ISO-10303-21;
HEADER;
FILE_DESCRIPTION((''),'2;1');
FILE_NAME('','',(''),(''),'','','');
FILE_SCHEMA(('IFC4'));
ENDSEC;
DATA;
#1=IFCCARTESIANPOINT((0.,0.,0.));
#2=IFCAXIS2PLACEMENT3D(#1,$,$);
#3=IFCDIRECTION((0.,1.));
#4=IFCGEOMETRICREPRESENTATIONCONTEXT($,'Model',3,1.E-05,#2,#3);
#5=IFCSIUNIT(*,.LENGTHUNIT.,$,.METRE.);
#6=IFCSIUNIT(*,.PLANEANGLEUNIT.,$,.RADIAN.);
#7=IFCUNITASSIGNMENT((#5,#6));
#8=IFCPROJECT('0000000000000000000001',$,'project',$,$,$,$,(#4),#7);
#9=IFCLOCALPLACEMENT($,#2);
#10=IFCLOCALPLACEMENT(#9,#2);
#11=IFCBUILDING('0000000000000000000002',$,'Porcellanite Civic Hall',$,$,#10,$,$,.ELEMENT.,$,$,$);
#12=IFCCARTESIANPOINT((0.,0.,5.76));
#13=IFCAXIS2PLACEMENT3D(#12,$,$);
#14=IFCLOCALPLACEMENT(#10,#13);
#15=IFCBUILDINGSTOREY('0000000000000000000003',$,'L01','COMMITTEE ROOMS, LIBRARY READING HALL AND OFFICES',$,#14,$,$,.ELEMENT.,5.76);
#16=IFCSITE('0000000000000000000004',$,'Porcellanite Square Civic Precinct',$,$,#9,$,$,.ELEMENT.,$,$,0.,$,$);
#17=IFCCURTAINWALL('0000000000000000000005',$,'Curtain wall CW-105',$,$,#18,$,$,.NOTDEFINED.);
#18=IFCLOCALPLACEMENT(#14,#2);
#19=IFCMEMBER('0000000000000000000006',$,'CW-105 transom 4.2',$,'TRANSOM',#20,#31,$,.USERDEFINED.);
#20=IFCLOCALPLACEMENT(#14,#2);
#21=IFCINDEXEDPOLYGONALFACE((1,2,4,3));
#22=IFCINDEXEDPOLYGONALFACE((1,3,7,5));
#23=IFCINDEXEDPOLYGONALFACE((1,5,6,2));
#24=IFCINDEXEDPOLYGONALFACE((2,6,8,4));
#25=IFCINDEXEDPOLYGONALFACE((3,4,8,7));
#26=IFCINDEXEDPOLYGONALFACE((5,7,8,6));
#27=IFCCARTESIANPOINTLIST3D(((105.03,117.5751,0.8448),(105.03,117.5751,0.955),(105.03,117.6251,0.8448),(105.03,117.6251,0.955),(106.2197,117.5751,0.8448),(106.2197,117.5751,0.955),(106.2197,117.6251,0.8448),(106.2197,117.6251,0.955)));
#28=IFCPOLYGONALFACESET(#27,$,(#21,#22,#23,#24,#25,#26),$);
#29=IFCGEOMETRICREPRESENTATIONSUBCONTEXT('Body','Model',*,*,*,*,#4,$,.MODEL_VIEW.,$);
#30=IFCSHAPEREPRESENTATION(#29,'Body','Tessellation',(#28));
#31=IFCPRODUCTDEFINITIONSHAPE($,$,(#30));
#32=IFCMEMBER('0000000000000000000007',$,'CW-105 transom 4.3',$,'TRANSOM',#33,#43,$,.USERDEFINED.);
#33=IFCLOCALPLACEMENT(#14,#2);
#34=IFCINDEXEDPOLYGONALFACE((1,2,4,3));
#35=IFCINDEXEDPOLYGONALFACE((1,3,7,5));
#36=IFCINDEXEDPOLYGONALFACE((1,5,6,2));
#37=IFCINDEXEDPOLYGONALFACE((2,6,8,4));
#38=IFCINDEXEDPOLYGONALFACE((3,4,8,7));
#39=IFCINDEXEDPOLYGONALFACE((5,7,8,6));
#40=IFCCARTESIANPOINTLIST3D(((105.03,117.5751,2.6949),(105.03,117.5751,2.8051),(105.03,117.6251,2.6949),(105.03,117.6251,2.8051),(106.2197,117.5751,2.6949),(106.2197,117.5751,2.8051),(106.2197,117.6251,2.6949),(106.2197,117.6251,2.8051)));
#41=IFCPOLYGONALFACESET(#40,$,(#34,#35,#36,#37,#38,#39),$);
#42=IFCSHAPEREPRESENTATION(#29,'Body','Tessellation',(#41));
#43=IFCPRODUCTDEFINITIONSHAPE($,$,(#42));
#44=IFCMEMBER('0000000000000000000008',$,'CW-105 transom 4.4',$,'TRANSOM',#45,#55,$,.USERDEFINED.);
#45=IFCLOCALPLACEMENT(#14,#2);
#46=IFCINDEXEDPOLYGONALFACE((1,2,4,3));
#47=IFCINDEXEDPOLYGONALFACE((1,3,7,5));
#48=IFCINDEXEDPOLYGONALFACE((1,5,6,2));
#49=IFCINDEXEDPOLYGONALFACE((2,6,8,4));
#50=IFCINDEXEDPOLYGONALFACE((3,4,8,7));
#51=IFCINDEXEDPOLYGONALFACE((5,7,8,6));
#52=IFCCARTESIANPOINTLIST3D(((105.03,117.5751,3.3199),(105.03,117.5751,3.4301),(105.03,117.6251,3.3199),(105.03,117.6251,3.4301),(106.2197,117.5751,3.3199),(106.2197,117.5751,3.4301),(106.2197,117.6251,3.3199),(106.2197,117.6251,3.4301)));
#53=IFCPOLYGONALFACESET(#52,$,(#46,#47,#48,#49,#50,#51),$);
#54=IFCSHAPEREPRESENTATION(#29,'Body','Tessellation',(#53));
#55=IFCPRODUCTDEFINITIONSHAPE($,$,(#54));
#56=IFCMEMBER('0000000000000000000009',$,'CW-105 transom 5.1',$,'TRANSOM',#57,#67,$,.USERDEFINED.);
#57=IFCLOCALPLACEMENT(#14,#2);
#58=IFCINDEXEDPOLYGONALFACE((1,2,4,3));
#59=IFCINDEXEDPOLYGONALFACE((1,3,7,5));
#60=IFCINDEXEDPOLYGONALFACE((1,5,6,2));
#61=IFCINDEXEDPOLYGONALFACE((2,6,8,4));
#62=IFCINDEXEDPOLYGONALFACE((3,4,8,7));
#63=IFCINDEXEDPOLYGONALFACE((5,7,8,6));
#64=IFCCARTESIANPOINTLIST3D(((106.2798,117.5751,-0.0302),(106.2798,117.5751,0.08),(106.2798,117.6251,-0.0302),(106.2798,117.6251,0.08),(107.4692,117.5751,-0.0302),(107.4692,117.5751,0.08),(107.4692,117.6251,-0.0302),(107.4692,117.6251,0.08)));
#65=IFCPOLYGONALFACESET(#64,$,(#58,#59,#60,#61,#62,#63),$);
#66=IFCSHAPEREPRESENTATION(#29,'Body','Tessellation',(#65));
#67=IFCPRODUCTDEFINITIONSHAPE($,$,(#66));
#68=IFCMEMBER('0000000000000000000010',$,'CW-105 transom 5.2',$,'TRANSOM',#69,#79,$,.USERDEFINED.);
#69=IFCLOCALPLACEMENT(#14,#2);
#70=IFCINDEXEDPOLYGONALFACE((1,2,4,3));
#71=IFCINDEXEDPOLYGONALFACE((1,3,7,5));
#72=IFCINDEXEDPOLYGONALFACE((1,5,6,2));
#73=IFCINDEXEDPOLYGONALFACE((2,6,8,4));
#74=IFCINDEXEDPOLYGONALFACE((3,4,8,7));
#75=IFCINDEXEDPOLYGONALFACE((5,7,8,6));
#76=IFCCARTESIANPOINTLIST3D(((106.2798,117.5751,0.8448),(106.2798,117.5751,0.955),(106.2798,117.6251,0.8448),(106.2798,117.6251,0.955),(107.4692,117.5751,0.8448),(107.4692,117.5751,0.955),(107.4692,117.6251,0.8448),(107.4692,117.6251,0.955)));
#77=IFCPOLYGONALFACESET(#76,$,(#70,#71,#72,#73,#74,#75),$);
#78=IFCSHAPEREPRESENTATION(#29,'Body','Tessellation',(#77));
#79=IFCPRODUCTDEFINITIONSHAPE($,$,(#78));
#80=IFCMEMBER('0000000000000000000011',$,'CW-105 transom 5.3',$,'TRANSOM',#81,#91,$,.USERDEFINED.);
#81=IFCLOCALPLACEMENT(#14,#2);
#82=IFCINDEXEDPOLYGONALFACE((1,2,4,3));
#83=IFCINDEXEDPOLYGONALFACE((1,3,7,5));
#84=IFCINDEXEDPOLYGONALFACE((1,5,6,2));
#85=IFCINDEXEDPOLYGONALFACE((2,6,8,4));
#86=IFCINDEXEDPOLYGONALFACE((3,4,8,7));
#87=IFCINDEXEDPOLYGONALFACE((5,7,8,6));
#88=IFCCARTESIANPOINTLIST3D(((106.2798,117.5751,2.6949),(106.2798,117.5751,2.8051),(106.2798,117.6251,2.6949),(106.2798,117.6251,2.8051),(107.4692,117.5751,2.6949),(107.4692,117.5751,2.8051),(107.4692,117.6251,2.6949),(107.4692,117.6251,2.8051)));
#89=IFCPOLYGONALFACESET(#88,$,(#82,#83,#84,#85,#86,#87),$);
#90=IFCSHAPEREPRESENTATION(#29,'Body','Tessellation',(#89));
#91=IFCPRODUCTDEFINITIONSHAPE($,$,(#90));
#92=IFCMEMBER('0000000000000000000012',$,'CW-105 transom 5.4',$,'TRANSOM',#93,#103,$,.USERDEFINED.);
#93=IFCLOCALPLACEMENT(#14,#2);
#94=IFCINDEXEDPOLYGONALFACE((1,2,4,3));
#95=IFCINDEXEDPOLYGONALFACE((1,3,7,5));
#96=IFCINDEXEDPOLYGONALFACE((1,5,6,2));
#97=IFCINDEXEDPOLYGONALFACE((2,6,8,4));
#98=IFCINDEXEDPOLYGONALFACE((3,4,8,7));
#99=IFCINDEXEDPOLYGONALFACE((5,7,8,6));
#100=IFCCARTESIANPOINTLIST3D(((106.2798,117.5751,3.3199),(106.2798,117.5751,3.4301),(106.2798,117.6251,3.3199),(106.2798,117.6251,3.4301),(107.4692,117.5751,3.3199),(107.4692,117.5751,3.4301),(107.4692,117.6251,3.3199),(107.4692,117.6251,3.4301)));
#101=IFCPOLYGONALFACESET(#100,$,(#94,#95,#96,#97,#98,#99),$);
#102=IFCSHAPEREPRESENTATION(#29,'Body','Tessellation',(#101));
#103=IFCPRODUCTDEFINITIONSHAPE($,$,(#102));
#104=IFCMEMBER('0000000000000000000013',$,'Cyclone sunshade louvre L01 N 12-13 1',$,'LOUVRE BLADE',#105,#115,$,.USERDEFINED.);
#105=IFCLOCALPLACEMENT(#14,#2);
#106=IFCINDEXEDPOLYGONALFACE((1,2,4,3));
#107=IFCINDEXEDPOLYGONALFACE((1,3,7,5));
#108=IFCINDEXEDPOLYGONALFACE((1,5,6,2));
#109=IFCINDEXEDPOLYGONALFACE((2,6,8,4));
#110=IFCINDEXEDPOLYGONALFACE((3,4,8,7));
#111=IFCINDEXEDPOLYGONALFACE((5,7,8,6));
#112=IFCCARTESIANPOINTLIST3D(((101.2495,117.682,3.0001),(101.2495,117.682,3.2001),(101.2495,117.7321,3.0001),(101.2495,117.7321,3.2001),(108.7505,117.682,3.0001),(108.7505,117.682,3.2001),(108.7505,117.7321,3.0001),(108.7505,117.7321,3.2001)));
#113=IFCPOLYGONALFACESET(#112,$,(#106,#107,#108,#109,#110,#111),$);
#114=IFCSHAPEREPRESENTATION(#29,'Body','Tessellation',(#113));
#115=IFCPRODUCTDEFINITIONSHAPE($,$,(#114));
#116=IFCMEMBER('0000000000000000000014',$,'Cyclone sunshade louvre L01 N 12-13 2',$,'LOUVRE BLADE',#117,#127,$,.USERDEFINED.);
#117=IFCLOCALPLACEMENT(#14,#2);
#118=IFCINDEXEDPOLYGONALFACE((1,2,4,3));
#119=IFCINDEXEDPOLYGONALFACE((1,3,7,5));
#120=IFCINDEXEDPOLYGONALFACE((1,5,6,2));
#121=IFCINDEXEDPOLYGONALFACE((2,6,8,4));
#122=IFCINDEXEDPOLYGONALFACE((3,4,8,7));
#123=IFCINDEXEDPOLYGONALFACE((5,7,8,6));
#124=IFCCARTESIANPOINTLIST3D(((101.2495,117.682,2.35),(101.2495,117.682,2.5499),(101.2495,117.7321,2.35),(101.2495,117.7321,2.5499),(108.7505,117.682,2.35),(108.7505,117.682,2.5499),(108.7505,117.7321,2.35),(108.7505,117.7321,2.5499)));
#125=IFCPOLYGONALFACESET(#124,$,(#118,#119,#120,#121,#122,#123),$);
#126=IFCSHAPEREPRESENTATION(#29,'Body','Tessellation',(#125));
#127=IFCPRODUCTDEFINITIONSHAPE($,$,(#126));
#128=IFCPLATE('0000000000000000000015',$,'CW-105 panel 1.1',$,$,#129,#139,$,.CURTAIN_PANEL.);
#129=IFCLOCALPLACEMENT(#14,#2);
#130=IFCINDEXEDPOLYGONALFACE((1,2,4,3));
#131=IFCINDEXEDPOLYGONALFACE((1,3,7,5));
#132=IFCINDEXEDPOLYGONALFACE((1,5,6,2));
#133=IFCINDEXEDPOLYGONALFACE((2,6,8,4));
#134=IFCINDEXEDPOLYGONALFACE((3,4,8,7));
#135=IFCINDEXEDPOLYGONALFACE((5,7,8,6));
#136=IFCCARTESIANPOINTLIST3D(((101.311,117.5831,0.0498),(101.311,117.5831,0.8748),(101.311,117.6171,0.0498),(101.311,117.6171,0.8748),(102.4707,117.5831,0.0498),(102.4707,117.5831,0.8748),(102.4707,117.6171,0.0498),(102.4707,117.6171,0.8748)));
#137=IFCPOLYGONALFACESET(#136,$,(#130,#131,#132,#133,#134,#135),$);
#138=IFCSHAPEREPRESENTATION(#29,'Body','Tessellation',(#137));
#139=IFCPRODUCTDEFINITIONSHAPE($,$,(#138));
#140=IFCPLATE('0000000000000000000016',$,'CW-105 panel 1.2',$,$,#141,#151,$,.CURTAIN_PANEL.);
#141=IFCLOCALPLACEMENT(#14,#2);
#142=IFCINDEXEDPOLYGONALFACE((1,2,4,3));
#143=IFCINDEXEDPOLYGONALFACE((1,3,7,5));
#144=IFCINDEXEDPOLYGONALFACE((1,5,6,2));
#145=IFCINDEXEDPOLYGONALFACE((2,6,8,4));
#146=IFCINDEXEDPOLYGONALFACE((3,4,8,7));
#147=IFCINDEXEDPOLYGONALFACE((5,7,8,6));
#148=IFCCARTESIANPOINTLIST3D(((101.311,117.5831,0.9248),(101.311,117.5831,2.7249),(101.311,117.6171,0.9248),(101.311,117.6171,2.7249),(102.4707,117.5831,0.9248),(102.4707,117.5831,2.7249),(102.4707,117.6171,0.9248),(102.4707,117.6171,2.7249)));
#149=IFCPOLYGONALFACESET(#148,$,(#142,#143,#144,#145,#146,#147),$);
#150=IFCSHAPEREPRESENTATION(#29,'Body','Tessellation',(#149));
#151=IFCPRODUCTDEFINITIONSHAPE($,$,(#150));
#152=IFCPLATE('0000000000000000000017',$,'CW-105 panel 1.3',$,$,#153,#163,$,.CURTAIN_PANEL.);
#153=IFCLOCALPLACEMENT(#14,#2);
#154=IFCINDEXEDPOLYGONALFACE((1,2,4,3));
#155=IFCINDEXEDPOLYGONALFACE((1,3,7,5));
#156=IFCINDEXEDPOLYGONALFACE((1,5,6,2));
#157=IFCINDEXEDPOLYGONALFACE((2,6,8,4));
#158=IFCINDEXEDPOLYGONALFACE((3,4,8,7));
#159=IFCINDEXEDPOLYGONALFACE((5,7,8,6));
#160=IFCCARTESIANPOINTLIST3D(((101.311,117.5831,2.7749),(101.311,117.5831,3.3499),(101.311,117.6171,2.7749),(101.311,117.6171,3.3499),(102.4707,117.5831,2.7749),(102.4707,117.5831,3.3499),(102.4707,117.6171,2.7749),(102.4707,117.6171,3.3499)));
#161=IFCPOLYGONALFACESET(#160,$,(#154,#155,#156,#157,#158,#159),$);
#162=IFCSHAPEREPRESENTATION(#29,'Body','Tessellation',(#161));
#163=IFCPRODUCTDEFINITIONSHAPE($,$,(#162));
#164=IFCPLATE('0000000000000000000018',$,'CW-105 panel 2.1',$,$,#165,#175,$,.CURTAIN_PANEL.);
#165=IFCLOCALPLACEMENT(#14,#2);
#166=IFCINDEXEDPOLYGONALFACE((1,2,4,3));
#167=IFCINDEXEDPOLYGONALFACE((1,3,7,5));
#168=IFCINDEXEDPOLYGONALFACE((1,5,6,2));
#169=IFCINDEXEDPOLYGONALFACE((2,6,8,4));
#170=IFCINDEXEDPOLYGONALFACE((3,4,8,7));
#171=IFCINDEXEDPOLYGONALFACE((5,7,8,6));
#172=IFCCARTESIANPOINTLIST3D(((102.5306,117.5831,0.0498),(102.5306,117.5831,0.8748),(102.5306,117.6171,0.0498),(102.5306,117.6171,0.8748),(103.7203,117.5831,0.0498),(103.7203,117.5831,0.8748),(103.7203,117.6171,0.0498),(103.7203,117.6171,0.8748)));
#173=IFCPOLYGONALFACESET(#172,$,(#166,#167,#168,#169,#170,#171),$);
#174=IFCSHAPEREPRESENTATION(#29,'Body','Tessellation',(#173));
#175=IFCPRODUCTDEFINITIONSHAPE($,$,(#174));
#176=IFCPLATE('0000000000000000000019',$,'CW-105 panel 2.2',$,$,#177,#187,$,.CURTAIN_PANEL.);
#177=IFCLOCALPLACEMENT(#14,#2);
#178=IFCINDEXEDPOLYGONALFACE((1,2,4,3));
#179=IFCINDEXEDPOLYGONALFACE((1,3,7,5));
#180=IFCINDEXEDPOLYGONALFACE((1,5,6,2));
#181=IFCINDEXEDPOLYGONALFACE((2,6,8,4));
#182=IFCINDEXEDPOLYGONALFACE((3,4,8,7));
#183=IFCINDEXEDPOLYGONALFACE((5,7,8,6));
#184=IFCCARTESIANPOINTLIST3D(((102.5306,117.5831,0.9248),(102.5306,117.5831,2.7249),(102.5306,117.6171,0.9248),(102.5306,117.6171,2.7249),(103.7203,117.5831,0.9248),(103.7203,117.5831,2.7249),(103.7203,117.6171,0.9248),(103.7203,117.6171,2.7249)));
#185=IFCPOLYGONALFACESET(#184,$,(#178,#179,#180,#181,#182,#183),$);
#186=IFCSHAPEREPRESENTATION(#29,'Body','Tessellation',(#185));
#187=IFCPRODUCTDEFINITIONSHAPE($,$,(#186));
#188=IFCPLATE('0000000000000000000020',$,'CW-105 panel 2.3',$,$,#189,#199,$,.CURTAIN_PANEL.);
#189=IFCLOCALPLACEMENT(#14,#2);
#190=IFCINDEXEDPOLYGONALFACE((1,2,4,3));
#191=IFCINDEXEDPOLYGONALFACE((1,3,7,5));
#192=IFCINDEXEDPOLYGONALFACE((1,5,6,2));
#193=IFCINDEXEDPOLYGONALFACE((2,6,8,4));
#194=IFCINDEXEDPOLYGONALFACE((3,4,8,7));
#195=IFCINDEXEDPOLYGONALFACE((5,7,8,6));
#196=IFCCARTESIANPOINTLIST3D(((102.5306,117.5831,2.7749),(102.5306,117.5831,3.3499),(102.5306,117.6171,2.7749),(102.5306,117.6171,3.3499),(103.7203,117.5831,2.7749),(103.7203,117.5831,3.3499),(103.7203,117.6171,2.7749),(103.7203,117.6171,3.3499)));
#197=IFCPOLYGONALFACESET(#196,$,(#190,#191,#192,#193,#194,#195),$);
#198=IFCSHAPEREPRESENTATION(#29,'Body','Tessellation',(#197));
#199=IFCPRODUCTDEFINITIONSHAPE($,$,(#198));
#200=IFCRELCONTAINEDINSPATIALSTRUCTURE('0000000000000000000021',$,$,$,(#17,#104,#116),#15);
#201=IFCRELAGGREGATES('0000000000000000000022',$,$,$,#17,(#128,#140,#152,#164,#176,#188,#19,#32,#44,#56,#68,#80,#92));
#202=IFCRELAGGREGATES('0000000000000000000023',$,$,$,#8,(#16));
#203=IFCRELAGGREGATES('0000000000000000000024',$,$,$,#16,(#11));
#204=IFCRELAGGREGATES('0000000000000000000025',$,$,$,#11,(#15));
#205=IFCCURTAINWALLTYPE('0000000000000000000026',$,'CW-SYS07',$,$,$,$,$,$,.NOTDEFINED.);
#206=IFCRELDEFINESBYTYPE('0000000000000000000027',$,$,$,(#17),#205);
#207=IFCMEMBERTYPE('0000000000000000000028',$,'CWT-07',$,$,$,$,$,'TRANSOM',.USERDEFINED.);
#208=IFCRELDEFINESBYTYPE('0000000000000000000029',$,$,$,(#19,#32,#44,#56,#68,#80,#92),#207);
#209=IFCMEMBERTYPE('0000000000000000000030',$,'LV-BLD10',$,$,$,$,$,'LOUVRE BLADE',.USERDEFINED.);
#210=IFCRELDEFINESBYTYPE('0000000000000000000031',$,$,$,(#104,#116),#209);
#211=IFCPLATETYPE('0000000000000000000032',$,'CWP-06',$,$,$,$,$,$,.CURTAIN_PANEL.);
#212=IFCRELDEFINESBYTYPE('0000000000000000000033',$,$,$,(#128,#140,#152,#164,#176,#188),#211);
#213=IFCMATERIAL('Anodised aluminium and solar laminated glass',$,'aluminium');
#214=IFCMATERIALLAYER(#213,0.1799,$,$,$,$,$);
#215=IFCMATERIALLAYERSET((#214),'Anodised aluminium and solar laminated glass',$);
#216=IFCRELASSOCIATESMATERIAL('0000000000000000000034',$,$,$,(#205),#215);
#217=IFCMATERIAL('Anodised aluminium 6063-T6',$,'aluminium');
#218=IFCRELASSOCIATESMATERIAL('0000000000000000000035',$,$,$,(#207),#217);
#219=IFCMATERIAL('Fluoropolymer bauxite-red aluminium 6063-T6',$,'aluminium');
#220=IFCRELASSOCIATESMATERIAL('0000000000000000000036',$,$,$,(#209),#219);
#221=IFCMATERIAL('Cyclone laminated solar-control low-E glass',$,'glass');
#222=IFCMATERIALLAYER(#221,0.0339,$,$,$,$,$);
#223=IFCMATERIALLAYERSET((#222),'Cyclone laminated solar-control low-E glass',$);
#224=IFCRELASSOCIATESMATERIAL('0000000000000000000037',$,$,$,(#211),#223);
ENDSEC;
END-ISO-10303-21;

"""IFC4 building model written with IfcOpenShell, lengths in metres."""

from ifc_helpers import new_model, si_unit, direction, frame, origin, origin_2d, place, context, subcontext, project, spatial, rectangle, extrude, material, layer, layer_set, material_profile, profile_set, type_object, element, aggregate, save


model = new_model("IFC4")

# Units and contexts
model_context = context("Model", 3, precision=1e-05, world=origin(), true_north=direction((0.0, 1.0)))
body_context = subcontext(model_context, "Body", "Model", "MODEL_VIEW")
ifc_project = project(units=[si_unit("LENGTHUNIT", "METRE"), si_unit("PLANEANGLEUNIT", "RADIAN")], contexts=[model_context])

# Site, building, storey
site_placement = place(None, origin())
site = spatial("IfcSite", under=ifc_project, at=site_placement, Name="Porcellanite Square Civic Precinct", CompositionType="ELEMENT", RefElevation=0.0)
building_placement = place(site_placement, origin())
building = spatial("IfcBuilding", under=site, at=building_placement, Name="Porcellanite Civic Hall", CompositionType="ELEMENT")
storey_placement = place(building_placement, frame((0.0, 0.0, 5.76)))
storey = spatial("IfcBuildingStorey", under=building, at=storey_placement, Name="L01", Description="COMMITTEE ROOMS, LIBRARY READING HALL AND OFFICES", CompositionType="ELEMENT", Elevation=5.76)

# Curtain wall, members
ifc_material_1 = material(Name="Anodised aluminium and solar laminated glass", Category="aluminium")
ifc_layer_1 = layer(ifc_material_1, 0.1799)
ifc_layer_set_1 = layer_set([ifc_layer_1], Name="Anodised aluminium and solar laminated glass")
curtain_wall_type = type_object("IfcCurtainWallType", Name="CW-SYS07", PredefinedType="NOTDEFINED", material=ifc_layer_set_1)
curtain_wall_placement = place(storey_placement, origin())
curtain_wall = element("IfcCurtainWall", 1, at=curtain_wall_placement, inside=storey, type_object=curtain_wall_type, Name="Curtain wall CW-105", PredefinedType="NOTDEFINED")
ifc_material_2 = material(Name="Anodised aluminium 6063-T6", Category="aluminium")
ifc_material_profile_1 = material_profile(ifc_material_2, rectangle(XDim=0.05, YDim=0.1101, at=origin_2d()), Name="AL-50x110")
ifc_profile_set_1 = profile_set([ifc_material_profile_1], Name="Anodised aluminium 6063-T6")
member_type_1 = type_object("IfcMemberType", Name="CWT-07", ElementType="TRANSOM", PredefinedType="USERDEFINED", material=ifc_profile_set_1)
member_1_placement = place(storey_placement, frame((105.03, 117.6001, 0.8999), z_axis=(1.0, 0.0, 0.0), x_axis=(0.0, 1.0, 0.0)))
member_1 = element("IfcMember", 2, at=member_1_placement, type_object=member_type_1, Name="CW-105 transom 4.2", ObjectType="TRANSOM", PredefinedType="USERDEFINED", context=body_context, shape_type="SweptSolid", body=[
    extrude(rectangle(XDim=0.05, YDim=0.1101, at=origin_2d()), origin(), (0.0, 0.0, 1.0), 1.1897),
])
member_2_placement = place(storey_placement, frame((105.03, 117.6001, 2.75), z_axis=(1.0, 0.0, 0.0), x_axis=(0.0, 1.0, 0.0)))
member_2 = element("IfcMember", 3, at=member_2_placement, type_object=member_type_1, Name="CW-105 transom 4.3", ObjectType="TRANSOM", PredefinedType="USERDEFINED", context=body_context, shape_type="SweptSolid", body=[
    extrude(rectangle(XDim=0.05, YDim=0.1101, at=origin_2d()), origin(), (0.0, 0.0, 1.0), 1.1897),
])
member_3_placement = place(storey_placement, frame((105.03, 117.6001, 3.375), z_axis=(1.0, 0.0, 0.0), x_axis=(0.0, 1.0, 0.0)))
member_3 = element("IfcMember", 4, at=member_3_placement, type_object=member_type_1, Name="CW-105 transom 4.4", ObjectType="TRANSOM", PredefinedType="USERDEFINED", context=body_context, shape_type="SweptSolid", body=[
    extrude(rectangle(XDim=0.05, YDim=0.1101, at=origin_2d()), origin(), (0.0, 0.0, 1.0), 1.1897),
])
member_4_placement = place(storey_placement, frame((106.2798, 117.6001, 0.0249), z_axis=(1.0, 0.0, 0.0), x_axis=(0.0, 1.0, 0.0)))
member_4 = element("IfcMember", 5, at=member_4_placement, type_object=member_type_1, Name="CW-105 transom 5.1", ObjectType="TRANSOM", PredefinedType="USERDEFINED", context=body_context, shape_type="SweptSolid", body=[
    extrude(rectangle(XDim=0.05, YDim=0.1101, at=origin_2d()), origin(), (0.0, 0.0, 1.0), 1.1895),
])
member_5_placement = place(storey_placement, frame((106.2798, 117.6001, 0.8999), z_axis=(1.0, 0.0, 0.0), x_axis=(0.0, 1.0, 0.0)))
member_5 = element("IfcMember", 6, at=member_5_placement, type_object=member_type_1, Name="CW-105 transom 5.2", ObjectType="TRANSOM", PredefinedType="USERDEFINED", context=body_context, shape_type="SweptSolid", body=[
    extrude(rectangle(XDim=0.05, YDim=0.1101, at=origin_2d()), origin(), (0.0, 0.0, 1.0), 1.1895),
])
member_6_placement = place(storey_placement, frame((106.2798, 117.6001, 2.75), z_axis=(1.0, 0.0, 0.0), x_axis=(0.0, 1.0, 0.0)))
member_6 = element("IfcMember", 7, at=member_6_placement, type_object=member_type_1, Name="CW-105 transom 5.3", ObjectType="TRANSOM", PredefinedType="USERDEFINED", context=body_context, shape_type="SweptSolid", body=[
    extrude(rectangle(XDim=0.05, YDim=0.1101, at=origin_2d()), origin(), (0.0, 0.0, 1.0), 1.1895),
])
member_7_placement = place(storey_placement, frame((106.2798, 117.6001, 3.375), z_axis=(1.0, 0.0, 0.0), x_axis=(0.0, 1.0, 0.0)))
member_7 = element("IfcMember", 8, at=member_7_placement, type_object=member_type_1, Name="CW-105 transom 5.4", ObjectType="TRANSOM", PredefinedType="USERDEFINED", context=body_context, shape_type="SweptSolid", body=[
    extrude(rectangle(XDim=0.05, YDim=0.1101, at=origin_2d()), origin(), (0.0, 0.0, 1.0), 1.1895),
])

# Members
ifc_material_3 = material(Name="Fluoropolymer bauxite-red aluminium 6063-T6", Category="aluminium")
ifc_material_profile_2 = material_profile(ifc_material_3, rectangle(XDim=0.05, YDim=0.2, at=origin_2d()), Name="AL-50x200")
ifc_profile_set_2 = profile_set([ifc_material_profile_2], Name="Fluoropolymer bauxite-red aluminium 6063-T6")
member_type_2 = type_object("IfcMemberType", Name="LV-BLD10", ElementType="LOUVRE BLADE", PredefinedType="USERDEFINED", material=ifc_profile_set_2)
for number, where, z_axis, x_axis, name in (
    (9, (101.2495, 117.707, 3.1001), (1.0, 0.0, 0.0), (0.0, 1.0, 0.0), "Cyclone sunshade louvre L01 N 12-13 1"),
    (10, (101.2495, 117.707, 2.45), (1.0, 0.0, 0.0), (0.0, 1.0, 0.0), "Cyclone sunshade louvre L01 N 12-13 2"),
):
    element("IfcMember", number, at=place(storey_placement, frame(where, z_axis=z_axis, x_axis=x_axis)), inside=storey, type_object=member_type_2, Name=name, ObjectType="LOUVRE BLADE", PredefinedType="USERDEFINED", context=body_context, shape_type="SweptSolid", body=[
        extrude(rectangle(XDim=0.05, YDim=0.2, at=origin_2d()), origin(), (0.0, 0.0, 1.0), 7.501),
    ])

# Plates
ifc_material_4 = material(Name="Cyclone laminated solar-control low-E glass", Category="glass")
ifc_layer_2 = layer(ifc_material_4, 0.0339)
ifc_layer_set_2 = layer_set([ifc_layer_2], Name="Cyclone laminated solar-control low-E glass")
plate_type = type_object("IfcPlateType", Name="CWP-06", PredefinedType="CURTAIN_PANEL", material=ifc_layer_set_2)
plate_1_placement = place(storey_placement, frame((101.8909, 117.6001, 0.0498), z_axis=(0.0, 0.0, 1.0), x_axis=(1.0, 0.0, 0.0)))
plate_1 = element("IfcPlate", 11, at=plate_1_placement, type_object=plate_type, Name="CW-105 panel 1.1", PredefinedType="CURTAIN_PANEL", context=body_context, shape_type="SweptSolid", body=[
    extrude(rectangle(XDim=1.1597, YDim=0.0339, at=origin_2d()), origin(), (0.0, 0.0, 1.0), 0.825),
])
plate_2_placement = place(storey_placement, frame((101.8909, 117.6001, 0.9248), z_axis=(0.0, 0.0, 1.0), x_axis=(1.0, 0.0, 0.0)))
plate_2 = element("IfcPlate", 12, at=plate_2_placement, type_object=plate_type, Name="CW-105 panel 1.2", PredefinedType="CURTAIN_PANEL", context=body_context, shape_type="SweptSolid", body=[
    extrude(rectangle(XDim=1.1597, YDim=0.0339, at=origin_2d()), origin(), (0.0, 0.0, 1.0), 1.8),
])
plate_3_placement = place(storey_placement, frame((101.8909, 117.6001, 2.7749), z_axis=(0.0, 0.0, 1.0), x_axis=(1.0, 0.0, 0.0)))
plate_3 = element("IfcPlate", 13, at=plate_3_placement, type_object=plate_type, Name="CW-105 panel 1.3", PredefinedType="CURTAIN_PANEL", context=body_context, shape_type="SweptSolid", body=[
    extrude(rectangle(XDim=1.1597, YDim=0.0339, at=origin_2d()), origin(), (0.0, 0.0, 1.0), 0.575),
])
plate_4_placement = place(storey_placement, frame((103.1255, 117.6001, 0.0498), z_axis=(0.0, 0.0, 1.0), x_axis=(1.0, 0.0, 0.0)))
plate_4 = element("IfcPlate", 14, at=plate_4_placement, type_object=plate_type, Name="CW-105 panel 2.1", PredefinedType="CURTAIN_PANEL", context=body_context, shape_type="SweptSolid", body=[
    extrude(rectangle(XDim=1.1897, YDim=0.0339, at=origin_2d()), origin(), (0.0, 0.0, 1.0), 0.825),
])
plate_5_placement = place(storey_placement, frame((103.1255, 117.6001, 0.9248), z_axis=(0.0, 0.0, 1.0), x_axis=(1.0, 0.0, 0.0)))
plate_5 = element("IfcPlate", 15, at=plate_5_placement, type_object=plate_type, Name="CW-105 panel 2.2", PredefinedType="CURTAIN_PANEL", context=body_context, shape_type="SweptSolid", body=[
    extrude(rectangle(XDim=1.1897, YDim=0.0339, at=origin_2d()), origin(), (0.0, 0.0, 1.0), 1.8),
])
plate_6_placement = place(storey_placement, frame((103.1255, 117.6001, 2.7749), z_axis=(0.0, 0.0, 1.0), x_axis=(1.0, 0.0, 0.0)))
plate_6 = element("IfcPlate", 16, at=plate_6_placement, type_object=plate_type, Name="CW-105 panel 2.3", PredefinedType="CURTAIN_PANEL", context=body_context, shape_type="SweptSolid", body=[
    extrude(rectangle(XDim=1.1897, YDim=0.0339, at=origin_2d()), origin(), (0.0, 0.0, 1.0), 0.575),
])
aggregate(curtain_wall, [plate_1, plate_2, plate_3, plate_4, plate_5, plate_6, member_1, member_2, member_3, member_4, member_5, member_6, member_7])

save(model, "model.ifc")
